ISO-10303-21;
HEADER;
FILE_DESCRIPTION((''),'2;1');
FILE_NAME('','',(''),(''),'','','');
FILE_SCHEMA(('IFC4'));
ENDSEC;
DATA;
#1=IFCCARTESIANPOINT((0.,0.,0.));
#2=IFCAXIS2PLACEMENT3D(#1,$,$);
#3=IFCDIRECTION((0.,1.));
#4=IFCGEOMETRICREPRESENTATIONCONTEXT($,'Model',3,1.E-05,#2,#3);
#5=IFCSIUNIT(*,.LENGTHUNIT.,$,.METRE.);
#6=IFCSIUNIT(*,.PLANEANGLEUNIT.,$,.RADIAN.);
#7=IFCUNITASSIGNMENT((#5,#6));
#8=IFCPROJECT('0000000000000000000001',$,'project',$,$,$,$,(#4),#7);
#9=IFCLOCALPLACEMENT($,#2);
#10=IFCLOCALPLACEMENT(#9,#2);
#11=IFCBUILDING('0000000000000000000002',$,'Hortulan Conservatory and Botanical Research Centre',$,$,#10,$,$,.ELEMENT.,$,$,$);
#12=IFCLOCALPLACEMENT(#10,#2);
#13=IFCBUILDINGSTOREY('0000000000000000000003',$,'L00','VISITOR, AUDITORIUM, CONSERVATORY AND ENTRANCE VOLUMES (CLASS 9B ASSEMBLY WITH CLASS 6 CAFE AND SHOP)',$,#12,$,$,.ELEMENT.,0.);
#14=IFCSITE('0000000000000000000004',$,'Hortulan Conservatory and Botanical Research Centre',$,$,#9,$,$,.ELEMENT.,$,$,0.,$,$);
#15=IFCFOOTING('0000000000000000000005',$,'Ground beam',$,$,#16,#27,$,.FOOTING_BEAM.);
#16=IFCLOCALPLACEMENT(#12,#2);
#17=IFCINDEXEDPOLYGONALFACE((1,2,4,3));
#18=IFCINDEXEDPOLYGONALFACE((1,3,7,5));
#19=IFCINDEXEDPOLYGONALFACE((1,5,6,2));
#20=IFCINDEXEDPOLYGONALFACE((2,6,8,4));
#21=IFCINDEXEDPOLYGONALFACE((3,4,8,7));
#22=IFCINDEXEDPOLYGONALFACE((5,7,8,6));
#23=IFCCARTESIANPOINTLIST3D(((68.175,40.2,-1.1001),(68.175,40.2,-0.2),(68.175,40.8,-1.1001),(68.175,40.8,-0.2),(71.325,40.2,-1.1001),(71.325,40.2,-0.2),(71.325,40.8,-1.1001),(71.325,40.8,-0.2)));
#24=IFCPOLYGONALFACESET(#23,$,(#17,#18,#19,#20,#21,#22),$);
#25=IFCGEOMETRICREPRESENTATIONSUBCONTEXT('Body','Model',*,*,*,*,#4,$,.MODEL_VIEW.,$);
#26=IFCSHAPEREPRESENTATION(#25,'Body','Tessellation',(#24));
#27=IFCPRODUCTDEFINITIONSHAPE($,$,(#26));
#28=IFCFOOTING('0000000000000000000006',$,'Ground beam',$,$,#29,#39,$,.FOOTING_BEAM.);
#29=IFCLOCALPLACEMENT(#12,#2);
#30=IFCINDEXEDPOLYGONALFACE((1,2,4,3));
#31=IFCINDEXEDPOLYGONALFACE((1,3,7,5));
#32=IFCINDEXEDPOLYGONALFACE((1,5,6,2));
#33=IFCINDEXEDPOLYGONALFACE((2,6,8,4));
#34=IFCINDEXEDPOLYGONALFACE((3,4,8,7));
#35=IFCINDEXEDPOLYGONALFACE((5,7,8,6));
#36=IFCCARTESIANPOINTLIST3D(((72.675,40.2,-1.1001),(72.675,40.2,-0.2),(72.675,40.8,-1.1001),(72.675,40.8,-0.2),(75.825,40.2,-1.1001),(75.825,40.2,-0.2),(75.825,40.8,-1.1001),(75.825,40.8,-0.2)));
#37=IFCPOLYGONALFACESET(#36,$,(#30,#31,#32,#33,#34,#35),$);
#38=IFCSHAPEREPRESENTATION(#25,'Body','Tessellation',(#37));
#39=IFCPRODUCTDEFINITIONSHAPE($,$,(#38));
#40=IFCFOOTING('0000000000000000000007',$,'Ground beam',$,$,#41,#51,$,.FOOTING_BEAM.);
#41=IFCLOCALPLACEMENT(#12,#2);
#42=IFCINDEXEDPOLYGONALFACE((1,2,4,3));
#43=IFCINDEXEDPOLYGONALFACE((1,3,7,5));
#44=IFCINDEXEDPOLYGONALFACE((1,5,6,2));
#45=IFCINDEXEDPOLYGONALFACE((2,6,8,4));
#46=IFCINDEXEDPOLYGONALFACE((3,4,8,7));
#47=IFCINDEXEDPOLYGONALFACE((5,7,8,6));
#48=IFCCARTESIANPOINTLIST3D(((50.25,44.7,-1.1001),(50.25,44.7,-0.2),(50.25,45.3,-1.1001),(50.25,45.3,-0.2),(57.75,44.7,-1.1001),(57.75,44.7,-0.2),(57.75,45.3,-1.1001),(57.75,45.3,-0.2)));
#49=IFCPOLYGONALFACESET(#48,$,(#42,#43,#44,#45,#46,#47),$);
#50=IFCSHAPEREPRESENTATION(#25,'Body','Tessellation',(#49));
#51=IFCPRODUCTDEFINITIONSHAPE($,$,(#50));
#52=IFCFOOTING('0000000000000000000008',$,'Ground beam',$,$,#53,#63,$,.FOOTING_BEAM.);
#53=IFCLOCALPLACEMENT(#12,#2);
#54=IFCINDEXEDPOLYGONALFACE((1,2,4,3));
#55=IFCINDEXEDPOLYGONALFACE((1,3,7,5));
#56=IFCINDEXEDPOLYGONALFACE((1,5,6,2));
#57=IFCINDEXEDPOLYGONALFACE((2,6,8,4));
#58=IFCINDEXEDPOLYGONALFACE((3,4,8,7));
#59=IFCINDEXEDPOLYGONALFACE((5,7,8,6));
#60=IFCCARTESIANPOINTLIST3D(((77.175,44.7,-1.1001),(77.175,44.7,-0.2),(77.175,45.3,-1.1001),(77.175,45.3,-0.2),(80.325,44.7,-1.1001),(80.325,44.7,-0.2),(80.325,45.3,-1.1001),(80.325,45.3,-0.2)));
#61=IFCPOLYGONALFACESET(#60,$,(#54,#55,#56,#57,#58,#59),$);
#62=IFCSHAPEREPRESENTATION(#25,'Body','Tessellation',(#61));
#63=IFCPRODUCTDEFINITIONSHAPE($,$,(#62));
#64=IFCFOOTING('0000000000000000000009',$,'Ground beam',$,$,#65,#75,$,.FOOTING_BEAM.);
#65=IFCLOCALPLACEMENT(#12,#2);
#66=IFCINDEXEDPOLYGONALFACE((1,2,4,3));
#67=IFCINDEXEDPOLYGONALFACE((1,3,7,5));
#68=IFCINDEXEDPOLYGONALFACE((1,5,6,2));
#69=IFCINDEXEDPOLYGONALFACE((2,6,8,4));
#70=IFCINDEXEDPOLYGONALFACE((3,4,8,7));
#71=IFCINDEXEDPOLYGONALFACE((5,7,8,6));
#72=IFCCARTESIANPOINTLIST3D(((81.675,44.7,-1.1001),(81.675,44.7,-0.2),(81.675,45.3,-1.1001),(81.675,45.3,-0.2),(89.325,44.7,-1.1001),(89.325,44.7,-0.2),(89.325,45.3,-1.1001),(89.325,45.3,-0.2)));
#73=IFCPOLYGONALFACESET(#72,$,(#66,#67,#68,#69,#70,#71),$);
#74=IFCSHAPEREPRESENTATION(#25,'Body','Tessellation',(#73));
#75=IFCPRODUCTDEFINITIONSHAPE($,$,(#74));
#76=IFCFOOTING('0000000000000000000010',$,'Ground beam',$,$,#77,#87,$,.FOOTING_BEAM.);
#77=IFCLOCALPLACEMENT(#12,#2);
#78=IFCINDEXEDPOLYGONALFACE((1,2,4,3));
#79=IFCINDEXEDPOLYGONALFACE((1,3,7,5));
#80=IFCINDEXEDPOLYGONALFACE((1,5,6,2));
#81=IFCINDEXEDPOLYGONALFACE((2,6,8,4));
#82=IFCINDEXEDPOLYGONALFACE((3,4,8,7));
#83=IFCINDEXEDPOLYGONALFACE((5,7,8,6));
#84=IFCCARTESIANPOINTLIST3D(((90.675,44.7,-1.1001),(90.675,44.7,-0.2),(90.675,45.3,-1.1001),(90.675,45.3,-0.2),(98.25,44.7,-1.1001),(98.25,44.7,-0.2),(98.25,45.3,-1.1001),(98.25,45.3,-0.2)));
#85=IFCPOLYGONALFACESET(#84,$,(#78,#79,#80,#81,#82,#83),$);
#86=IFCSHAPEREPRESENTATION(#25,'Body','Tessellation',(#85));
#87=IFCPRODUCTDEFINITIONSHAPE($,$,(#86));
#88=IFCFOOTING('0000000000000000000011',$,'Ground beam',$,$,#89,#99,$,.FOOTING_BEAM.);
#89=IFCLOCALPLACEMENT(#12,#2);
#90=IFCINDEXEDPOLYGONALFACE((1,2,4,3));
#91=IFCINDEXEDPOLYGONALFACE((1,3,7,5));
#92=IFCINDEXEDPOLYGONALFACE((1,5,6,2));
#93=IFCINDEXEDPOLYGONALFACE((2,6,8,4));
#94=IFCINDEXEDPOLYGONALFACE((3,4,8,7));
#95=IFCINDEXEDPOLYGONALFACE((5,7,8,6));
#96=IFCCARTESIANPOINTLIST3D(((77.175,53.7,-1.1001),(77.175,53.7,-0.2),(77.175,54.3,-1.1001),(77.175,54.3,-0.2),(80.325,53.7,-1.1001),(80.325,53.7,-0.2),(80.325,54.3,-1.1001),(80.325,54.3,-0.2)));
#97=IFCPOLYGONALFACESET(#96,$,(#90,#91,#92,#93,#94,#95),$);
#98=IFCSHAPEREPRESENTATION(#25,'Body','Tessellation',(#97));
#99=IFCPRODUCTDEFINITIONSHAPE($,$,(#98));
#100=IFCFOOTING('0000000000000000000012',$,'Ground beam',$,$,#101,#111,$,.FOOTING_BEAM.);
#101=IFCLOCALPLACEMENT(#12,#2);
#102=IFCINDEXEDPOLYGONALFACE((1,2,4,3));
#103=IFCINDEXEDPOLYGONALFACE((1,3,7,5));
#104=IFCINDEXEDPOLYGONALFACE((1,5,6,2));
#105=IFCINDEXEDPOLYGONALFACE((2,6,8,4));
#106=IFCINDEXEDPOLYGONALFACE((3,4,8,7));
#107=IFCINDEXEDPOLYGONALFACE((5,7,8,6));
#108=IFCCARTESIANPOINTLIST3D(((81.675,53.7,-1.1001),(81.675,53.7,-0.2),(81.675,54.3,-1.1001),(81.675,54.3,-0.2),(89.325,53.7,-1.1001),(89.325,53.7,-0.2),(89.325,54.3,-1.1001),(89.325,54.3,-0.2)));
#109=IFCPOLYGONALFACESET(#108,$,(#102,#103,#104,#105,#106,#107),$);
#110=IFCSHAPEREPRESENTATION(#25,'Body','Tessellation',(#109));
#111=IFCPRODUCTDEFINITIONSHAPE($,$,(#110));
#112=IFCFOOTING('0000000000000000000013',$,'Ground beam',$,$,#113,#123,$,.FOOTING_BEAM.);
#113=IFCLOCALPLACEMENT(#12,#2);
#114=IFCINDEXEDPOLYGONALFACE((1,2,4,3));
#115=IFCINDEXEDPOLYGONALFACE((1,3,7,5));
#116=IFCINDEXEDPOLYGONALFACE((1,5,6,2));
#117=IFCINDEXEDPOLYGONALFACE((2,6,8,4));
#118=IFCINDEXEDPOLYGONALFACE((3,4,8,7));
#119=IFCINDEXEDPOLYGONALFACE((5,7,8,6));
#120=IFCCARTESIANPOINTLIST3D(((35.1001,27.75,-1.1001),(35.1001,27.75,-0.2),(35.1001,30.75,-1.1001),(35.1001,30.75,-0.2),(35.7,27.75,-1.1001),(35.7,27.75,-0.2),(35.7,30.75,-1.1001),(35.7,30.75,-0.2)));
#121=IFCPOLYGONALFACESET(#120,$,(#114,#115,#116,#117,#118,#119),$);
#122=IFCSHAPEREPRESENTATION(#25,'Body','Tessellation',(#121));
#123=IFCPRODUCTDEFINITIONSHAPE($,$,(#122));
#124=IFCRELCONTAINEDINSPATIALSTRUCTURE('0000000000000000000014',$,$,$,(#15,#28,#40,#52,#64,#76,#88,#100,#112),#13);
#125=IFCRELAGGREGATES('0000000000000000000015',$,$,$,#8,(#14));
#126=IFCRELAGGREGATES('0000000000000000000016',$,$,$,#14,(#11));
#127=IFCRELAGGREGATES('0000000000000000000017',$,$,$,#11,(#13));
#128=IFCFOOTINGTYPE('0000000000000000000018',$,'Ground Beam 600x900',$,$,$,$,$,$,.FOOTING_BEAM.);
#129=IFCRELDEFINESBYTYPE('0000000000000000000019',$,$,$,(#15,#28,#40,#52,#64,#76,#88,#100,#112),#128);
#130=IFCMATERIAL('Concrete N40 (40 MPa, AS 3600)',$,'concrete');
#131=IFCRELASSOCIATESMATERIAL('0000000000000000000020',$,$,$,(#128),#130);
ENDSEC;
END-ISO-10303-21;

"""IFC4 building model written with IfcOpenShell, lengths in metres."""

from ifc_helpers import new_model, si_unit, direction, frame, origin, place, context, subcontext, project, spatial, polyline, outline, extrude, material, type_object, element, save


model = new_model("IFC4")

# Units and contexts
model_context = context("Model", 3, precision=1e-05, world=origin(), true_north=direction((0.0, 1.0)))
body_context = subcontext(model_context, "Body", "Model", "MODEL_VIEW")
ifc_project = project(units=[si_unit("LENGTHUNIT", "METRE"), si_unit("PLANEANGLEUNIT", "RADIAN")], contexts=[model_context])

# Site, building, storey
site_placement = place(None, origin())
site = spatial("IfcSite", under=ifc_project, at=site_placement, Name="Hortulan Conservatory and Botanical Research Centre", CompositionType="ELEMENT", RefElevation=0.0)
building_placement = place(site_placement, origin())
building = spatial("IfcBuilding", under=site, at=building_placement, Name="Hortulan Conservatory and Botanical Research Centre", CompositionType="ELEMENT")
storey_placement = place(building_placement, origin())
storey = spatial("IfcBuildingStorey", under=building, at=storey_placement, Name="L00", Description="VISITOR, AUDITORIUM, CONSERVATORY AND ENTRANCE VOLUMES (CLASS 9B ASSEMBLY WITH CLASS 6 CAFE AND SHOP)", CompositionType="ELEMENT", Elevation=0.0)

# Footings
ifc_material = material(Name="Concrete N40 (40 MPa, AS 3600)", Category="concrete")
footing_type = type_object("IfcFootingType", Name="Ground Beam 600x900", PredefinedType="FOOTING_BEAM", material=ifc_material)
footing_1_placement = place(storey_placement, frame((0.0, 0.0, -1.1001)))
element("IfcFooting", 1, at=footing_1_placement, inside=storey, type_object=footing_type, Name="Ground beam", PredefinedType="FOOTING_BEAM", context=body_context, shape_type="SweptSolid", body=[
    extrude(outline(polyline([(71.325, 40.2), (71.325, 40.8), (68.175, 40.8), (68.175, 40.2), (71.325, 40.2)])), origin(), (0.0, 0.0, 1.0), 0.9001),
])
footing_2_placement = place(storey_placement, frame((0.0, 0.0, -1.1001)))
element("IfcFooting", 2, at=footing_2_placement, inside=storey, type_object=footing_type, Name="Ground beam", PredefinedType="FOOTING_BEAM", context=body_context, shape_type="SweptSolid", body=[
    extrude(outline(polyline([(75.825, 40.2), (75.825, 40.8), (72.675, 40.8), (72.675, 40.2), (75.825, 40.2)])), origin(), (0.0, 0.0, 1.0), 0.9001),
])
footing_3_placement = place(storey_placement, frame((0.0, 0.0, -1.1001)))
element("IfcFooting", 3, at=footing_3_placement, inside=storey, type_object=footing_type, Name="Ground beam", PredefinedType="FOOTING_BEAM", context=body_context, shape_type="SweptSolid", body=[
    extrude(outline(polyline([(57.75, 44.7), (57.75, 45.3), (50.25, 45.3), (50.25, 44.7), (57.75, 44.7)])), origin(), (0.0, 0.0, 1.0), 0.9001),
])
footing_4_placement = place(storey_placement, frame((0.0, 0.0, -1.1001)))
element("IfcFooting", 4, at=footing_4_placement, inside=storey, type_object=footing_type, Name="Ground beam", PredefinedType="FOOTING_BEAM", context=body_context, shape_type="SweptSolid", body=[
    extrude(outline(polyline([(80.325, 44.7), (80.325, 45.3), (77.175, 45.3), (77.175, 44.7), (80.325, 44.7)])), origin(), (0.0, 0.0, 1.0), 0.9001),
])
footing_5_placement = place(storey_placement, frame((0.0, 0.0, -1.1001)))
element("IfcFooting", 5, at=footing_5_placement, inside=storey, type_object=footing_type, Name="Ground beam", PredefinedType="FOOTING_BEAM", context=body_context, shape_type="SweptSolid", body=[
    extrude(outline(polyline([(89.325, 44.7), (89.325, 45.3), (81.675, 45.3), (81.675, 44.7), (89.325, 44.7)])), origin(), (0.0, 0.0, 1.0), 0.9001),
])
footing_6_placement = place(storey_placement, frame((0.0, 0.0, -1.1001)))
element("IfcFooting", 6, at=footing_6_placement, inside=storey, type_object=footing_type, Name="Ground beam", PredefinedType="FOOTING_BEAM", context=body_context, shape_type="SweptSolid", body=[
    extrude(outline(polyline([(98.25, 44.7), (98.25, 45.3), (90.675, 45.3), (90.675, 44.7), (98.25, 44.7)])), origin(), (0.0, 0.0, 1.0), 0.9001),
])
footing_7_placement = place(storey_placement, frame((0.0, 0.0, -1.1001)))
element("IfcFooting", 7, at=footing_7_placement, inside=storey, type_object=footing_type, Name="Ground beam", PredefinedType="FOOTING_BEAM", context=body_context, shape_type="SweptSolid", body=[
    extrude(outline(polyline([(80.325, 53.7), (80.325, 54.3), (77.175, 54.3), (77.175, 53.7), (80.325, 53.7)])), origin(), (0.0, 0.0, 1.0), 0.9001),
])
footing_8_placement = place(storey_placement, frame((0.0, 0.0, -1.1001)))
element("IfcFooting", 8, at=footing_8_placement, inside=storey, type_object=footing_type, Name="Ground beam", PredefinedType="FOOTING_BEAM", context=body_context, shape_type="SweptSolid", body=[
    extrude(outline(polyline([(89.325, 53.7), (89.325, 54.3), (81.675, 54.3), (81.675, 53.7), (89.325, 53.7)])), origin(), (0.0, 0.0, 1.0), 0.9001),
])
footing_9_placement = place(storey_placement, frame((0.0, 0.0, -1.1001)))
element("IfcFooting", 9, at=footing_9_placement, inside=storey, type_object=footing_type, Name="Ground beam", PredefinedType="FOOTING_BEAM", context=body_context, shape_type="SweptSolid", body=[
    extrude(outline(polyline([(35.7, 27.75), (35.7, 30.75), (35.1001, 30.75), (35.1001, 27.75), (35.7, 27.75)])), origin(), (0.0, 0.0, 1.0), 0.9001),
])

save(model, "model.ifc")
